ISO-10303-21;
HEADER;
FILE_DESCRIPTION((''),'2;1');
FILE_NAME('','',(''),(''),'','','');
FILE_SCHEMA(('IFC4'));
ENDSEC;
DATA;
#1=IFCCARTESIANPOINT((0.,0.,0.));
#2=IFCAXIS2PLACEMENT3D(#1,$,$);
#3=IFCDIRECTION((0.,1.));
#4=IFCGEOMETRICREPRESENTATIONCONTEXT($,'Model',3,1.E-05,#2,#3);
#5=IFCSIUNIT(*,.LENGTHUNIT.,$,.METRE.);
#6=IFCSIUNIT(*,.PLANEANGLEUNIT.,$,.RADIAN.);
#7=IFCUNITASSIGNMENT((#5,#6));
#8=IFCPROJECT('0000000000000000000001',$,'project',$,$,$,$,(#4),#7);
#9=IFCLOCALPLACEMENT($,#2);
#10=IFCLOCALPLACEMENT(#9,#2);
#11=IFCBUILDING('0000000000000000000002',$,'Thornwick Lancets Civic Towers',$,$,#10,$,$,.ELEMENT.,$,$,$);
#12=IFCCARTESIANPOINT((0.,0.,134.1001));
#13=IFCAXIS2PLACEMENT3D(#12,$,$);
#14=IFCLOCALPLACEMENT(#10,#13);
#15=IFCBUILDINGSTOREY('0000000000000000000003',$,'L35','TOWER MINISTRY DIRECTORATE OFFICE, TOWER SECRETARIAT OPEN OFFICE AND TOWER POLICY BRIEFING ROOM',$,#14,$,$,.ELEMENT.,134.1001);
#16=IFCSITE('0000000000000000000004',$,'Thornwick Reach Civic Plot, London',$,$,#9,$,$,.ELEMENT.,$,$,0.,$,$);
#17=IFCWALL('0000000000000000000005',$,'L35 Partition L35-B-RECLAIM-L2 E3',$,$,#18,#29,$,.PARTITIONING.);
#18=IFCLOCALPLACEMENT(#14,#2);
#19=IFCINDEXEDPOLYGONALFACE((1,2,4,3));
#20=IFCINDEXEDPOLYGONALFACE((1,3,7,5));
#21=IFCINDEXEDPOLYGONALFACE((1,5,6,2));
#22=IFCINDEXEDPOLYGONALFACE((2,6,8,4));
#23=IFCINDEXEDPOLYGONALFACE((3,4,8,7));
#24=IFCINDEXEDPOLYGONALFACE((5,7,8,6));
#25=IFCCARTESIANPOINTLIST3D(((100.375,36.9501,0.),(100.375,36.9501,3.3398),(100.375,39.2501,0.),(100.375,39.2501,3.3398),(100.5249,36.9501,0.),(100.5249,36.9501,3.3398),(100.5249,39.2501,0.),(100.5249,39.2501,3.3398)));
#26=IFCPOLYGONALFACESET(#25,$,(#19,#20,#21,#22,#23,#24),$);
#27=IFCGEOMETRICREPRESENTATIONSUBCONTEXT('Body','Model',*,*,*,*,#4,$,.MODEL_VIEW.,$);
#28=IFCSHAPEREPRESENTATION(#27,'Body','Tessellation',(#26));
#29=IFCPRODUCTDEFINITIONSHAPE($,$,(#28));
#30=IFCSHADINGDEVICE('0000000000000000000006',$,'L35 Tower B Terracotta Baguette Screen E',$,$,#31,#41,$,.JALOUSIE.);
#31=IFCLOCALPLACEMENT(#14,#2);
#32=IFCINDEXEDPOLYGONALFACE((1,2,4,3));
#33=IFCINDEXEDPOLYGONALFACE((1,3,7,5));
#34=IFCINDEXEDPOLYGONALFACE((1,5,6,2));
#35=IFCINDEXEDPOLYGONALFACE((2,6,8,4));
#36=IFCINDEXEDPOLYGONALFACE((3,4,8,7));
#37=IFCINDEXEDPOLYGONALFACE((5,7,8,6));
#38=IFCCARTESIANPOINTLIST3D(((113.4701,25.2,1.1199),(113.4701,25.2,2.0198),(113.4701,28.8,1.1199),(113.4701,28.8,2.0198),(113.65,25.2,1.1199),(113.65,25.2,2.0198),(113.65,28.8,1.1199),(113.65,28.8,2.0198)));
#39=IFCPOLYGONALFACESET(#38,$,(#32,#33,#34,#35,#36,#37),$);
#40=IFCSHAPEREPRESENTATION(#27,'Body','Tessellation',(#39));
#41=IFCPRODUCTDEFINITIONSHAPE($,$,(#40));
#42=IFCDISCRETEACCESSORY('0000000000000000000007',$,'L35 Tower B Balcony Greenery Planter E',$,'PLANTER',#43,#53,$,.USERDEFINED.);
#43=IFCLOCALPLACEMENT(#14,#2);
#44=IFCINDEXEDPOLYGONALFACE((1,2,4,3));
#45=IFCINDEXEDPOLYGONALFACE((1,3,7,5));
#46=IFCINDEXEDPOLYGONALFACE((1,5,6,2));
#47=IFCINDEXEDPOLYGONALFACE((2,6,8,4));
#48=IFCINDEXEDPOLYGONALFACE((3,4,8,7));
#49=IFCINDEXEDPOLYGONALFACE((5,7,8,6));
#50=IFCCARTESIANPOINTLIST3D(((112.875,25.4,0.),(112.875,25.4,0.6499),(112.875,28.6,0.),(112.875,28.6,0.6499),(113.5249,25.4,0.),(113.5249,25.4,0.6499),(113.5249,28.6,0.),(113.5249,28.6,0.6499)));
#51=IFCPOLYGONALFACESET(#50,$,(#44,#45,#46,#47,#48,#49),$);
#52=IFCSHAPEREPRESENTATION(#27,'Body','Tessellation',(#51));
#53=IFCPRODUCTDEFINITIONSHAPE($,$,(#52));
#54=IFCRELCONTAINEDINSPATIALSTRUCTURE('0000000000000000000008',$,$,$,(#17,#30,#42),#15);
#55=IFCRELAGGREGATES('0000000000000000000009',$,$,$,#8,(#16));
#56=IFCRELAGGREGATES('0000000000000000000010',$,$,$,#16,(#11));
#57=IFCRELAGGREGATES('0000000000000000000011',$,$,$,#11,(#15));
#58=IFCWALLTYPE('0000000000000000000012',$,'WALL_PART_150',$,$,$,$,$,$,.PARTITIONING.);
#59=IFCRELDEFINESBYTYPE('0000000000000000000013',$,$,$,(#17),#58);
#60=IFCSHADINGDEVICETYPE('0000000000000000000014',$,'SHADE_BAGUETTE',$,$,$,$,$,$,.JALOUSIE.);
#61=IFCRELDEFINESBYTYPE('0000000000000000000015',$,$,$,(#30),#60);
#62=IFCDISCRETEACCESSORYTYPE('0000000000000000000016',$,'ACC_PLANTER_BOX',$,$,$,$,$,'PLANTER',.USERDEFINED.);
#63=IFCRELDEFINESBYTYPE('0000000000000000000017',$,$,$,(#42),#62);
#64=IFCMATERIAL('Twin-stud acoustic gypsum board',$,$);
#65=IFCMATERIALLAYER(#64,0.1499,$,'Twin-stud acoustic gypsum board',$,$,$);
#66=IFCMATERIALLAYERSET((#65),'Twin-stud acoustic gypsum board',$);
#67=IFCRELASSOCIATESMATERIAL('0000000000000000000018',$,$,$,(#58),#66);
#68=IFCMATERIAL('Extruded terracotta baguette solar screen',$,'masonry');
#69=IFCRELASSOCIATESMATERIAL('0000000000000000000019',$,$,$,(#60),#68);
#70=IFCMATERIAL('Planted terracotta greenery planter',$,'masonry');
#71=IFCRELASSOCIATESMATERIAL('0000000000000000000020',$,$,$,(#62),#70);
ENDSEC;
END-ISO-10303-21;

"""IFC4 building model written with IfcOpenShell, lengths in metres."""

from ifc_helpers import new_model, si_unit, direction, frame, frame_2d, origin, origin_2d, place, context, subcontext, project, spatial, rectangle, extrude, material, layer, layer_set, type_object, element, save


model = new_model("IFC4")

# Units and contexts
model_context = context("Model", 3, precision=1e-05, world=origin(), true_north=direction((0.0, 1.0)))
body_context = subcontext(model_context, "Body", "Model", "MODEL_VIEW")
ifc_project = project(units=[si_unit("LENGTHUNIT", "METRE"), si_unit("PLANEANGLEUNIT", "RADIAN")], contexts=[model_context])

# Site, building, storey
site_placement = place(None, origin())
site = spatial("IfcSite", under=ifc_project, at=site_placement, Name="Thornwick Reach Civic Plot, London", CompositionType="ELEMENT", RefElevation=0.0)
building_placement = place(site_placement, origin())
building = spatial("IfcBuilding", under=site, at=building_placement, Name="Thornwick Lancets Civic Towers", CompositionType="ELEMENT")
storey_placement = place(building_placement, frame((0.0, 0.0, 134.1001)))
storey = spatial("IfcBuildingStorey", under=building, at=storey_placement, Name="L35", Description="TOWER MINISTRY DIRECTORATE OFFICE, TOWER SECRETARIAT OPEN OFFICE AND TOWER POLICY BRIEFING ROOM", CompositionType="ELEMENT", Elevation=134.1001)

# Wall
ifc_material_1 = material(Name="Twin-stud acoustic gypsum board")
ifc_layer_1 = layer(ifc_material_1, 0.1499, Name="Twin-stud acoustic gypsum board")
ifc_layer_set_1 = layer_set([ifc_layer_1], Name="Twin-stud acoustic gypsum board")
wall_type_1 = type_object("IfcWallType", Name="WALL_PART_150", PredefinedType="PARTITIONING", material=ifc_layer_set_1)
wall_1_placement = place(storey_placement, frame((100.45, 39.25, 0.0), z_axis=(0.0, 0.0, 1.0), x_axis=(0.0, -1.0, 0.0)))
element("IfcWall", 1, at=wall_1_placement, inside=storey, type_object=wall_type_1, Name="L35 Partition L35-B-RECLAIM-L2 E3", PredefinedType="PARTITIONING", context=body_context, shape_type="SweptSolid", body=[
    extrude(rectangle(XDim=2.3, YDim=0.1499, at=frame_2d((1.1499, 0.0))), origin(), (0.0, 0.0, 1.0), 3.3398),
])

# Shading device
ifc_material_2 = material(Name="Extruded terracotta baguette solar screen", Category="masonry")
shading_device_type = type_object("IfcShadingDeviceType", Name="SHADE_BAGUETTE", PredefinedType="JALOUSIE", material=ifc_material_2)
shading_device_placement = place(storey_placement, frame((113.5601, 27.0, 1.1199), z_axis=(0.0, 0.0, 1.0), x_axis=(0.0, 1.0, 0.0)))
element("IfcShadingDevice", 2, at=shading_device_placement, inside=storey, type_object=shading_device_type, Name="L35 Tower B Terracotta Baguette Screen E", PredefinedType="JALOUSIE", context=body_context, shape_type="SweptSolid", body=[
    extrude(rectangle(XDim=3.6001, YDim=0.1799, at=origin_2d()), origin(), (0.0, 0.0, 1.0), 0.8999),
])

# Discrete accessory
ifc_material_3 = material(Name="Planted terracotta greenery planter", Category="masonry")
discrete_accessory_type = type_object("IfcDiscreteAccessoryType", Name="ACC_PLANTER_BOX", ElementType="PLANTER", PredefinedType="USERDEFINED", material=ifc_material_3)
discrete_accessory_placement = place(storey_placement, frame((113.2, 27.0, 0.0), z_axis=(0.0, 0.0, 1.0), x_axis=(1.0, 0.0, 0.0)))
element("IfcDiscreteAccessory", 3, at=discrete_accessory_placement, inside=storey, type_object=discrete_accessory_type, Name="L35 Tower B Balcony Greenery Planter E", ObjectType="PLANTER", PredefinedType="USERDEFINED", context=body_context, shape_type="SweptSolid", body=[
    extrude(rectangle(XDim=0.6499, YDim=3.2, at=origin_2d()), origin(), (0.0, 0.0, 1.0), 0.6499),
])

save(model, "model.ifc")
